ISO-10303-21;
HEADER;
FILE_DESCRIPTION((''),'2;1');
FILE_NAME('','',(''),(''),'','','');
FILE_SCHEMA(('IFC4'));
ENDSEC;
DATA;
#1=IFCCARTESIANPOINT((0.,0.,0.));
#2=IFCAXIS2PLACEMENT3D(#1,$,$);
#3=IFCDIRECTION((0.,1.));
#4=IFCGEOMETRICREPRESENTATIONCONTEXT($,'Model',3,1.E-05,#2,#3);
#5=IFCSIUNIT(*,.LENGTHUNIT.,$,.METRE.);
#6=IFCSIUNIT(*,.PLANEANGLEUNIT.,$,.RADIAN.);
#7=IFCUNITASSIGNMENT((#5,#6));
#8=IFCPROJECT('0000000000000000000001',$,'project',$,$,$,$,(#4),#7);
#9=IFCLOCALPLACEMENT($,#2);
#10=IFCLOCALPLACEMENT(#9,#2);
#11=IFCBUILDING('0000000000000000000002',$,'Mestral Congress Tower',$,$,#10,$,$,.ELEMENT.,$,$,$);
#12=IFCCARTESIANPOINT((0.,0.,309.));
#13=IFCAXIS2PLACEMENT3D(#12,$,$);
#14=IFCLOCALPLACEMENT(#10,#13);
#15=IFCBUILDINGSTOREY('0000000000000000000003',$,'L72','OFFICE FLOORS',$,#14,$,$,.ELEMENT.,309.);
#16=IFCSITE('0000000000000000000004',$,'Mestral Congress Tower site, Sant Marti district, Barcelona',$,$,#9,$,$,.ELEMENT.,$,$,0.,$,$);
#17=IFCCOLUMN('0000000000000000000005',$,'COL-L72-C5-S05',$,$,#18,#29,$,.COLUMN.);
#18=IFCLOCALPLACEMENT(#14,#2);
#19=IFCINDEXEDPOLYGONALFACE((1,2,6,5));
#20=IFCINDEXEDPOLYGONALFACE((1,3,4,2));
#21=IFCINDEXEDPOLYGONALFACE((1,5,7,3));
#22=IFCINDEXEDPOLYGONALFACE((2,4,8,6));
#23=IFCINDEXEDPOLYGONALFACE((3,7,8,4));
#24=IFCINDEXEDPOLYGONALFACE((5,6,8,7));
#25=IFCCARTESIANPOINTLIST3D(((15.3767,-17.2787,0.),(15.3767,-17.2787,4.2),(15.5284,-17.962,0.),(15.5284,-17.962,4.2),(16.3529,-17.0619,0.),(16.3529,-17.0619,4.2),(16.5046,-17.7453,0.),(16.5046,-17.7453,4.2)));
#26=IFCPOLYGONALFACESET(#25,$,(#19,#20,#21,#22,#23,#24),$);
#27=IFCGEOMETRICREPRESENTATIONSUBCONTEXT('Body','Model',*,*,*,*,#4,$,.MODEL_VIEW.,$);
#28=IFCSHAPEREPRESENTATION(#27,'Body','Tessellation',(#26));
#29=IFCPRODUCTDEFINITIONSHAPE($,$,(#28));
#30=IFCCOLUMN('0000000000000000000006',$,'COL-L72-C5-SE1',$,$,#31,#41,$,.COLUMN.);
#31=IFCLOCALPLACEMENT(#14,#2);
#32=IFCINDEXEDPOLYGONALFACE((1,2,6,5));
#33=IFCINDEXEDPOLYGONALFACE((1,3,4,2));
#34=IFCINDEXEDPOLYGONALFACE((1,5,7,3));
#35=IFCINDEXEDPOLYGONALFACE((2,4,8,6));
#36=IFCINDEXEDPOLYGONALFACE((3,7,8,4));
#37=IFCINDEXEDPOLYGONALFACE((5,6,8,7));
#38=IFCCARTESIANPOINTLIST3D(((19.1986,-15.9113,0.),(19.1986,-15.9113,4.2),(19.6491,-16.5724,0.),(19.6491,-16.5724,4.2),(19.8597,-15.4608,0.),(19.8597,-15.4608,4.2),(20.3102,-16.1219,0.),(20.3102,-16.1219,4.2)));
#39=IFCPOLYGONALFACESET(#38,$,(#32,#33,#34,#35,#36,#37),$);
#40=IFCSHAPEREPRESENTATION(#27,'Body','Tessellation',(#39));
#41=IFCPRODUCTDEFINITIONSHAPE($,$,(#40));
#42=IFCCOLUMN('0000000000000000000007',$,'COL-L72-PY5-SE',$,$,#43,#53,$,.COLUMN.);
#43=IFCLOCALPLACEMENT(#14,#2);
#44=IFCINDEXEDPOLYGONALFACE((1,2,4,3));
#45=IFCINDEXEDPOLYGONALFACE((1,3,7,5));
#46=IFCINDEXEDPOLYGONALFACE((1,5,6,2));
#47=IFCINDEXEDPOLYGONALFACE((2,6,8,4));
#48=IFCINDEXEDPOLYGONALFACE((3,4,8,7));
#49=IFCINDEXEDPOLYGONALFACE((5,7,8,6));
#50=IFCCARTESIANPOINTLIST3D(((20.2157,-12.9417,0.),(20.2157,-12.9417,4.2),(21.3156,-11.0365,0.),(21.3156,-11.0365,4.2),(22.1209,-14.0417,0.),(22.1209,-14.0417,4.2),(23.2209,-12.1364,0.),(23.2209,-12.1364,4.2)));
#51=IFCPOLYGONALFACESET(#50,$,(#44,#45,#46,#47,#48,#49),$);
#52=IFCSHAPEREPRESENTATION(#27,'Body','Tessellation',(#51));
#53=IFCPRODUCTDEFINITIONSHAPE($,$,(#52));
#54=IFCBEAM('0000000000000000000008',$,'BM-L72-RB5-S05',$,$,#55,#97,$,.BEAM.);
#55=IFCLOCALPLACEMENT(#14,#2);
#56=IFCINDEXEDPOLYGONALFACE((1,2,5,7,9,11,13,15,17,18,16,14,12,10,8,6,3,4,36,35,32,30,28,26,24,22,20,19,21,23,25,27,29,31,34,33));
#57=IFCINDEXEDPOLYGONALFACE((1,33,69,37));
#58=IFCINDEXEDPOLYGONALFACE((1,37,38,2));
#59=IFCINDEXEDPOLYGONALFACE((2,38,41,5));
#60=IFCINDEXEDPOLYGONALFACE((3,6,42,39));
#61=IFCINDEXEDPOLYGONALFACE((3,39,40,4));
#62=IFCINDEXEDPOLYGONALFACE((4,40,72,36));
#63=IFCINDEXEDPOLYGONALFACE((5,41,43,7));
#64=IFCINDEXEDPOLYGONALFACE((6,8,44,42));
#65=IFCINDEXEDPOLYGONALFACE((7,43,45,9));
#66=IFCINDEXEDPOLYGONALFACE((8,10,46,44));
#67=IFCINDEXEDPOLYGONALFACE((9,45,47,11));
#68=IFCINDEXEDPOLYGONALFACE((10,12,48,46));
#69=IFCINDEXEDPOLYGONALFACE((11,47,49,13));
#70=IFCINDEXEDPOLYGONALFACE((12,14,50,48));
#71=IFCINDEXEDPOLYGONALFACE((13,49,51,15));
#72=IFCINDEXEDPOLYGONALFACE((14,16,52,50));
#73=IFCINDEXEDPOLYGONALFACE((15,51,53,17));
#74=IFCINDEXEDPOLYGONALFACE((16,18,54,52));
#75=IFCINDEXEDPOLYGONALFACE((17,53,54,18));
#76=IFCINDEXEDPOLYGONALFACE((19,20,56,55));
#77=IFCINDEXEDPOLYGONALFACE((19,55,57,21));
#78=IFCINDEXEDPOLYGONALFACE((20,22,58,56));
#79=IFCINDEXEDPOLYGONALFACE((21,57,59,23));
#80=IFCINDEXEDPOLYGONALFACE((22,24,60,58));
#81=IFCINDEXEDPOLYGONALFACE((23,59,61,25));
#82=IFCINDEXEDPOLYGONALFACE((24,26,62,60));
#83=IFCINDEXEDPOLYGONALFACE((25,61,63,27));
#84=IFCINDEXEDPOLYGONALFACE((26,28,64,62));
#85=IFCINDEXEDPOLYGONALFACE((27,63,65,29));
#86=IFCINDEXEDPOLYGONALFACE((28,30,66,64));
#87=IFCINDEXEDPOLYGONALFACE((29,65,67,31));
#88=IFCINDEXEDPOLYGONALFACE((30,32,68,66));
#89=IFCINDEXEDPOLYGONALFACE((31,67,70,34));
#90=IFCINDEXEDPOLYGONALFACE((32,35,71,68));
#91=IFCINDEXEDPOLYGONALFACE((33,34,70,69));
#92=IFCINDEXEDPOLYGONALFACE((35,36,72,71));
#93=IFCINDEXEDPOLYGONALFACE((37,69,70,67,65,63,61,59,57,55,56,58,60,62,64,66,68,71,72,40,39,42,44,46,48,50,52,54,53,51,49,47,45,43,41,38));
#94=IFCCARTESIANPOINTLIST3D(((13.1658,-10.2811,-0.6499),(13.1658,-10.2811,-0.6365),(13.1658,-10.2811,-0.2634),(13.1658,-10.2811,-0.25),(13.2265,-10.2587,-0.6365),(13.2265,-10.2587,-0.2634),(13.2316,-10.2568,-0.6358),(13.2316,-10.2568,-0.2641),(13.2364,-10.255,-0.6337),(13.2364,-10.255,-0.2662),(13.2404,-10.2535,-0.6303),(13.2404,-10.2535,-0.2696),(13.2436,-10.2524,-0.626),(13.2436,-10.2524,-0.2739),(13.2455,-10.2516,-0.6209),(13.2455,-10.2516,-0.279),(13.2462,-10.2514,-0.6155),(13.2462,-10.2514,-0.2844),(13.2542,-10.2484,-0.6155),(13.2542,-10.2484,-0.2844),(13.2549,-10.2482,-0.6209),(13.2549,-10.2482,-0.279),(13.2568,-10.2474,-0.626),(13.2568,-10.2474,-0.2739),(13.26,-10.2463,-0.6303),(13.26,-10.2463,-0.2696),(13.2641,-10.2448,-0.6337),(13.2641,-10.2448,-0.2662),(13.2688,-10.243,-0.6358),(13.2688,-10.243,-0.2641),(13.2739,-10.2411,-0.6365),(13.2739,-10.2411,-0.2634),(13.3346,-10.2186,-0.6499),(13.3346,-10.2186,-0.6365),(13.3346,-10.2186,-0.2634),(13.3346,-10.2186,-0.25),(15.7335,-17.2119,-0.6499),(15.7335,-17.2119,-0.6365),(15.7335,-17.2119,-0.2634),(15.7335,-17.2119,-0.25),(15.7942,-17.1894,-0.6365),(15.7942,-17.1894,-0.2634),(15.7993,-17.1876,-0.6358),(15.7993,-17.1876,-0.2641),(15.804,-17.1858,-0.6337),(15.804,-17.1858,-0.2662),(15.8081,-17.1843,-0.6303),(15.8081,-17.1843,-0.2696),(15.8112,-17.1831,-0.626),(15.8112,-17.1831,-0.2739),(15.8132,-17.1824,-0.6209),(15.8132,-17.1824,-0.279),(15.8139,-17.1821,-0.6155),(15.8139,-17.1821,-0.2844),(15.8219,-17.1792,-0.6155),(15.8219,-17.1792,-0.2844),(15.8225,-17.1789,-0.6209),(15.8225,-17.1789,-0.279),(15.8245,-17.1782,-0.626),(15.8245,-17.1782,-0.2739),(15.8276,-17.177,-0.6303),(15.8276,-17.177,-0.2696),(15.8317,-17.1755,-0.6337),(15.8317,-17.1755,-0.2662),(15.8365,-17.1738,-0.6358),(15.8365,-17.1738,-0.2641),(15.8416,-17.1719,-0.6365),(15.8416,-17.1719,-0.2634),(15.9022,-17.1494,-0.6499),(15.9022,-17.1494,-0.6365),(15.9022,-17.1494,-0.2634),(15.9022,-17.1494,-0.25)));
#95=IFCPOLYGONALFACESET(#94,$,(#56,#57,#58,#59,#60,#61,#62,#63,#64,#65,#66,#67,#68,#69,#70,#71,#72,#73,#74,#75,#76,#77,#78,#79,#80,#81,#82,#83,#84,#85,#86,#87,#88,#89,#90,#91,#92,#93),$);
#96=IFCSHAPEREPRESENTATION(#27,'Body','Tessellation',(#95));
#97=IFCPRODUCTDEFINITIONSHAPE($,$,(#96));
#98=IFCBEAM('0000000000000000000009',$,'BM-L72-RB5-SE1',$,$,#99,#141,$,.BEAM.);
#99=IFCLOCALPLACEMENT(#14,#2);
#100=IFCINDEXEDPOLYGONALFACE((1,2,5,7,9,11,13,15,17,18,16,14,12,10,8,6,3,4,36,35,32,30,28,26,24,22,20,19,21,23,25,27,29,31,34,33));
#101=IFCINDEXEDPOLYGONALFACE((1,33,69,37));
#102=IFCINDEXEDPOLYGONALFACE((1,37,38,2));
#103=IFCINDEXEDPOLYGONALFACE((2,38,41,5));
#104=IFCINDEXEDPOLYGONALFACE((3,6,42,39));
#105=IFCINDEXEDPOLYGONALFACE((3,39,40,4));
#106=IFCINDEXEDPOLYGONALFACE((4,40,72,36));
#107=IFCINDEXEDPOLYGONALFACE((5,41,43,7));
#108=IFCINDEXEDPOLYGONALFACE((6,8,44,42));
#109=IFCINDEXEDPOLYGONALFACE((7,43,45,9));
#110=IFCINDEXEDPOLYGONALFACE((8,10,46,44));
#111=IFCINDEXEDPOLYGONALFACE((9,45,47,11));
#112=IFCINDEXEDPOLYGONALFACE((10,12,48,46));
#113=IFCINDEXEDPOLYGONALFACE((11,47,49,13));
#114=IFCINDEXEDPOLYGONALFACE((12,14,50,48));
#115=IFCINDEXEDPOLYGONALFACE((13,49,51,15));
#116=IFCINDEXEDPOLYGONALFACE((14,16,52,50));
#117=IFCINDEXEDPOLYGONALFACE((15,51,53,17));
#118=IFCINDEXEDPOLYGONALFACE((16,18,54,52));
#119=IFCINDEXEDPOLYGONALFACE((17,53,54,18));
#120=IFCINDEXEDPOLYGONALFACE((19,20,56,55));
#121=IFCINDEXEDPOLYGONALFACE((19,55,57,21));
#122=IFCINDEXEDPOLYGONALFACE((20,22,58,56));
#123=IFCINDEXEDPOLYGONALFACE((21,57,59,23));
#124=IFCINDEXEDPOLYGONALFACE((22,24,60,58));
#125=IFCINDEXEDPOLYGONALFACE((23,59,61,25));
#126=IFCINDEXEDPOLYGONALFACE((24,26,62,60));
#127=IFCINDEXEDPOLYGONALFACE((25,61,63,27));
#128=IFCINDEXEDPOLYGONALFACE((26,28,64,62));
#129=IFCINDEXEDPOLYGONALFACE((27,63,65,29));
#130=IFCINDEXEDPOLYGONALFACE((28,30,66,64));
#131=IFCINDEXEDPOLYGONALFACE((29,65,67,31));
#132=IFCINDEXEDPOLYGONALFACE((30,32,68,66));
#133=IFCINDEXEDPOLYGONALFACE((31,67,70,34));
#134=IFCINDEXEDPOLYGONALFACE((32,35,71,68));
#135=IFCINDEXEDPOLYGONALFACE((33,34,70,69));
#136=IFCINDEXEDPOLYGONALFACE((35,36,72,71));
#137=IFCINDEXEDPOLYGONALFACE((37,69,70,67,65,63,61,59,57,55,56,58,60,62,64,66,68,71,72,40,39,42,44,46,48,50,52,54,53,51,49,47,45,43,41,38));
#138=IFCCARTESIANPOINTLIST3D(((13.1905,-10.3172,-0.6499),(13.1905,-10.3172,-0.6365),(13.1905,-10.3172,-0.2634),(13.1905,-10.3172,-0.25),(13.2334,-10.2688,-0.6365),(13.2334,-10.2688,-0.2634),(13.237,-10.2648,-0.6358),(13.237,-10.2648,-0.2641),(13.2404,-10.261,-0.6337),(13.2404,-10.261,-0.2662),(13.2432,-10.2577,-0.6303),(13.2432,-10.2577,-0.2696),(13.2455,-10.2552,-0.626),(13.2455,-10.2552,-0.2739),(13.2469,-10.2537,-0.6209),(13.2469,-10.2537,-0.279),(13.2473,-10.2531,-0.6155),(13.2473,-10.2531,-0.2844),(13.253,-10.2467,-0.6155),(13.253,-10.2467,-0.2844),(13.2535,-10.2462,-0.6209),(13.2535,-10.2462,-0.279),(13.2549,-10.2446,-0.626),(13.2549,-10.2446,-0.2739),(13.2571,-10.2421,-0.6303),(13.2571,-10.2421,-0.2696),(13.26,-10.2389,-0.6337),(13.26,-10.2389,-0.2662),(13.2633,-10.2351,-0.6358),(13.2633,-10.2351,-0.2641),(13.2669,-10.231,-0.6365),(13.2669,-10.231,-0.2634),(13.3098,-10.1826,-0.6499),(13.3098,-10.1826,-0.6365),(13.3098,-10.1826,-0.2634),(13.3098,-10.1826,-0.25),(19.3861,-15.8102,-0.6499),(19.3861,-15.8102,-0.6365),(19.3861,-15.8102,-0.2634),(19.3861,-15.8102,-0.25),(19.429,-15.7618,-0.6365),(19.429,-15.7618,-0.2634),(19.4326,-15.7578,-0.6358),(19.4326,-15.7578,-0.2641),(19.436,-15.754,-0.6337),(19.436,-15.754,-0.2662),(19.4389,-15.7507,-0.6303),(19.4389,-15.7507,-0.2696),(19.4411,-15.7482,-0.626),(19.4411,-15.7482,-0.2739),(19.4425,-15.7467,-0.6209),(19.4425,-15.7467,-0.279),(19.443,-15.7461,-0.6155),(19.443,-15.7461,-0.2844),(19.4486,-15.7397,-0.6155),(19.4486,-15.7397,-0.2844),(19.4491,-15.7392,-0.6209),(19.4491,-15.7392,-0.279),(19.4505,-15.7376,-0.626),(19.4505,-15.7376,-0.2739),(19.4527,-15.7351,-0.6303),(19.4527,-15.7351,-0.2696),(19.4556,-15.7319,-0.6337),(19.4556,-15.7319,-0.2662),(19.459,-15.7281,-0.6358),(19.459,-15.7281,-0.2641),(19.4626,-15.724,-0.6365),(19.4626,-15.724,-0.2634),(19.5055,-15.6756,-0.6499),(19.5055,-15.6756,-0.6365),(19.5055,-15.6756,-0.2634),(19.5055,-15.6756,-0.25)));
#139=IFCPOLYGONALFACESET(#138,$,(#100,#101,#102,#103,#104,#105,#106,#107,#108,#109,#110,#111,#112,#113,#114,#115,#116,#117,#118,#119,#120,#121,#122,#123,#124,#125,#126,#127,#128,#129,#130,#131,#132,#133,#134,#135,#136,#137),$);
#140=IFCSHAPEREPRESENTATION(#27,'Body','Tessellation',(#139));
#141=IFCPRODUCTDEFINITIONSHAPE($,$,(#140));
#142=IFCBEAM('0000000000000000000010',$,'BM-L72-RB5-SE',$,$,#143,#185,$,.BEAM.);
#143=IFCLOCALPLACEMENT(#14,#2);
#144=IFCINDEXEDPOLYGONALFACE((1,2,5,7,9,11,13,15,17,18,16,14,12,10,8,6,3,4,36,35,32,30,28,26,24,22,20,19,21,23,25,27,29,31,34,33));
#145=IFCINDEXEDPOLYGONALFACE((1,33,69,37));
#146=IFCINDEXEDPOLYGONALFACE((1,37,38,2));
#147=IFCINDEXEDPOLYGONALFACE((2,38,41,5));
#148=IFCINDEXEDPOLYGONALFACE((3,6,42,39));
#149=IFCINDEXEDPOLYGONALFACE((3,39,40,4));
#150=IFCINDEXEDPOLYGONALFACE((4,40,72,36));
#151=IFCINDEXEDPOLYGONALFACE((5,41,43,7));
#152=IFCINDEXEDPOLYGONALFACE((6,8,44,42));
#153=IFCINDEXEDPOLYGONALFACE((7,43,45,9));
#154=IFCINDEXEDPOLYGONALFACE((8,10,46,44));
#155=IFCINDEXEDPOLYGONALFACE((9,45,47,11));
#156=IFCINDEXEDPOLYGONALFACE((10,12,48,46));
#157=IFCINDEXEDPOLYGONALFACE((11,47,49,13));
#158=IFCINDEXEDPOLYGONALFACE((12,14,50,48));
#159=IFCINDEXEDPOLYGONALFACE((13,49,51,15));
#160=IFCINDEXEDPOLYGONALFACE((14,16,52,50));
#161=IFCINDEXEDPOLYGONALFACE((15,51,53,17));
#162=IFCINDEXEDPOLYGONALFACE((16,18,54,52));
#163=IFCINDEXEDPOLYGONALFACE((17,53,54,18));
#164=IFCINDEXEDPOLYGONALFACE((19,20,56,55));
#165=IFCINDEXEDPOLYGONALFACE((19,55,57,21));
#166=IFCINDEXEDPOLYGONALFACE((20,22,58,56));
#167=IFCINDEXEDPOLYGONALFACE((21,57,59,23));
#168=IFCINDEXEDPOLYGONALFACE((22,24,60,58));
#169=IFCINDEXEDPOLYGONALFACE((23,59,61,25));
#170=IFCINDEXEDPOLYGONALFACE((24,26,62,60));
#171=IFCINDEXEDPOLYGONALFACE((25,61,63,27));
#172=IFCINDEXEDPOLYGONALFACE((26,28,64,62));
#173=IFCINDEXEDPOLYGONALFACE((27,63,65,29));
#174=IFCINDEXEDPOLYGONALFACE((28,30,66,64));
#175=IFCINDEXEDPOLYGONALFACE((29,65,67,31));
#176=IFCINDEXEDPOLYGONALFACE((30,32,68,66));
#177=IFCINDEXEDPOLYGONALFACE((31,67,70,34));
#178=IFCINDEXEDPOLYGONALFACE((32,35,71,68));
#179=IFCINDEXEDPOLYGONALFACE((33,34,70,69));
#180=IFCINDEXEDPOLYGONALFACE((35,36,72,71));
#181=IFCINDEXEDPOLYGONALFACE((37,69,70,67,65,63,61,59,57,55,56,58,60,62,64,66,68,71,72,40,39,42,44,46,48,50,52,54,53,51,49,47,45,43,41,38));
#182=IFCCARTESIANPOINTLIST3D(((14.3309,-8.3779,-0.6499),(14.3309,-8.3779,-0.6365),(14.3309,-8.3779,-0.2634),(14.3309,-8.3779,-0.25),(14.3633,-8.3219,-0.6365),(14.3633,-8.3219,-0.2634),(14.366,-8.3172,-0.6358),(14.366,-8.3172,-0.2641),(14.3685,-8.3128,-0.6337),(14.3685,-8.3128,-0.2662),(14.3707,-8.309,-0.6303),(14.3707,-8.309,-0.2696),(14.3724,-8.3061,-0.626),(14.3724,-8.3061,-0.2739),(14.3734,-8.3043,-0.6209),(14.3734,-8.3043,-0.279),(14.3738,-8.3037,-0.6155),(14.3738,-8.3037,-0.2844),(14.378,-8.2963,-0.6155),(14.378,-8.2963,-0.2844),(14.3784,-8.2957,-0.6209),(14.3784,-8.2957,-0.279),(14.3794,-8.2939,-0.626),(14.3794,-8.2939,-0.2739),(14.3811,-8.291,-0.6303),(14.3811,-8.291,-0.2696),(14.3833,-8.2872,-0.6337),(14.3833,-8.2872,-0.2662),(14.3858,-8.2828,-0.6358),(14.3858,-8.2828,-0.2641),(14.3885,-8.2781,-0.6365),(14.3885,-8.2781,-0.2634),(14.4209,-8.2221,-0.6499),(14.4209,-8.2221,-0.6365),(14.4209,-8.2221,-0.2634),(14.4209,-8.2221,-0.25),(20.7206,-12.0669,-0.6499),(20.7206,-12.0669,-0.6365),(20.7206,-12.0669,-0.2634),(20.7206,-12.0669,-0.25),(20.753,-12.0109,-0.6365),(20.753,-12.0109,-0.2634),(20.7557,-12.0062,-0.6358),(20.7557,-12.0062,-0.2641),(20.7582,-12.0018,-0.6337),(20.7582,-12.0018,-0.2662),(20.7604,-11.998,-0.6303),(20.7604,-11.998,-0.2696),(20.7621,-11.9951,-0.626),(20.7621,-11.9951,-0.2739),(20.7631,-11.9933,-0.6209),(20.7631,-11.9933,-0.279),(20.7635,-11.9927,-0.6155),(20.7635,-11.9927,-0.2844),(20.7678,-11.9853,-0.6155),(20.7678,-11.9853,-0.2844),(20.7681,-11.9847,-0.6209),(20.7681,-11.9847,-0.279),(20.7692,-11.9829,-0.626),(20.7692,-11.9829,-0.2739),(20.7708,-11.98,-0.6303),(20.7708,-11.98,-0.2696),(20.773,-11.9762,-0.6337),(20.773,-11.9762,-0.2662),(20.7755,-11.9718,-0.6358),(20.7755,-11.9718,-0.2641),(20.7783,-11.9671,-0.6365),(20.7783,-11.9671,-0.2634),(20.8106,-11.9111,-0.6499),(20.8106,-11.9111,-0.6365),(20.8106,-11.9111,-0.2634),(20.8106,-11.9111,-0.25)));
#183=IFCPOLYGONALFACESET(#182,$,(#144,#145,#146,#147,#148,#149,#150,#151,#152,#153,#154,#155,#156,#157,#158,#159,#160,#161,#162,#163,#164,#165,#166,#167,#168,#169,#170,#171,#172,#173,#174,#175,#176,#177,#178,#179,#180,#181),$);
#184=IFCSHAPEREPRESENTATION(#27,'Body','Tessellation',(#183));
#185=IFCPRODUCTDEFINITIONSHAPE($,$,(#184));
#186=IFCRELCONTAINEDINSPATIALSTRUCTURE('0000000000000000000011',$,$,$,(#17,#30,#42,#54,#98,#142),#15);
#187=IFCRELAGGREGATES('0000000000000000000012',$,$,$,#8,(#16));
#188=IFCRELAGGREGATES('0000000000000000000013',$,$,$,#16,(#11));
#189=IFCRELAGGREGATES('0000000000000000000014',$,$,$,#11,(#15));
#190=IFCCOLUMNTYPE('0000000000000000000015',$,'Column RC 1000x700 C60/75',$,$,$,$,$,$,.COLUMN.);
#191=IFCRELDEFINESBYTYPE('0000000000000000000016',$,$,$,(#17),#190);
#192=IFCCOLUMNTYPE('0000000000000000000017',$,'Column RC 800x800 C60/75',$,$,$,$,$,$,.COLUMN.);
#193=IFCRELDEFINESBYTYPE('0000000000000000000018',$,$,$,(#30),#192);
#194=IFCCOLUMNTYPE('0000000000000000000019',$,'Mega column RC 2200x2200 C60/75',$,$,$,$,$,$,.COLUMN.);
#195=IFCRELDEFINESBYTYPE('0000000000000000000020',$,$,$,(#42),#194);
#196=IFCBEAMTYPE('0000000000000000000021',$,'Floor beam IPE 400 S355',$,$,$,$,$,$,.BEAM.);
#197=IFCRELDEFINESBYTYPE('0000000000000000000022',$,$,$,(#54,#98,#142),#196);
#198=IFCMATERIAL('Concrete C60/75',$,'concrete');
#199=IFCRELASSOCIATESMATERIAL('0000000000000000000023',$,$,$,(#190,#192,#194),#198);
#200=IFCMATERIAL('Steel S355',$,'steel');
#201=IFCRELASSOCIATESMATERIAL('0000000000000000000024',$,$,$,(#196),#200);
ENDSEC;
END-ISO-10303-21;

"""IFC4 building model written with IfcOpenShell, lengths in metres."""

from ifc_helpers import new_model, si_unit, direction, frame, origin, origin_2d, place, context, subcontext, project, spatial, rectangle, i_section, extrude, material, material_profile, profile_set, type_object, element, save


model = new_model("IFC4")

# Units and contexts
model_context = context("Model", 3, precision=1e-05, world=origin(), true_north=direction((0.0, 1.0)))
body_context = subcontext(model_context, "Body", "Model", "MODEL_VIEW")
ifc_project = project(units=[si_unit("LENGTHUNIT", "METRE"), si_unit("PLANEANGLEUNIT", "RADIAN")], contexts=[model_context])

# Site, building, storey
site_placement = place(None, origin())
site = spatial("IfcSite", under=ifc_project, at=site_placement, Name="Mestral Congress Tower site, Sant Marti district, Barcelona", CompositionType="ELEMENT", RefElevation=0.0)
building_placement = place(site_placement, origin())
building = spatial("IfcBuilding", under=site, at=building_placement, Name="Mestral Congress Tower", CompositionType="ELEMENT")
storey_placement = place(building_placement, frame((0.0, 0.0, 309.0)))
storey = spatial("IfcBuildingStorey", under=building, at=storey_placement, Name="L72", Description="OFFICE FLOORS", CompositionType="ELEMENT", Elevation=309.0)

# Columns
ifc_material_1 = material(Name="Concrete C60/75", Category="concrete")
ifc_material_profile_1 = material_profile(ifc_material_1, rectangle(XDim=1.0, YDim=0.7, at=origin_2d()), Name="RC 1000x700")
ifc_profile_set_1 = profile_set([ifc_material_profile_1], Name="Concrete C60/75")
column_type_1 = type_object("IfcColumnType", Name="Column RC 1000x700 C60/75", PredefinedType="COLUMN", material=ifc_profile_set_1)
column_1_placement = place(storey_placement, frame((15.9407, -17.512, 0.0), z_axis=(0.0, 0.0, 1.0), x_axis=(0.976234, 0.216721, 0.0)))
element("IfcColumn", 1, at=column_1_placement, inside=storey, type_object=column_type_1, Name="COL-L72-C5-S05", PredefinedType="COLUMN", context=body_context, shape_type="SweptSolid", body=[
    extrude(rectangle(XDim=1.0, YDim=0.7, at=origin_2d()), origin(), (0.0, 0.0, 1.0), 4.2),
])
ifc_material_profile_2 = material_profile(ifc_material_1, rectangle(XDim=0.8, YDim=0.8, at=origin_2d()), Name="RC 800x800")
ifc_profile_set_2 = profile_set([ifc_material_profile_2], Name="Concrete C60/75")
column_type_2 = type_object("IfcColumnType", Name="Column RC 800x800 C60/75", PredefinedType="COLUMN", material=ifc_profile_set_2)
column_2_placement = place(storey_placement, frame((19.7544, -16.0166, 0.0), z_axis=(0.0, 0.0, 1.0), x_axis=(0.826363, 0.563138, 0.0)))
element("IfcColumn", 2, at=column_2_placement, inside=storey, type_object=column_type_2, Name="COL-L72-C5-SE1", PredefinedType="COLUMN", context=body_context, shape_type="SweptSolid", body=[
    extrude(rectangle(XDim=0.8, YDim=0.8, at=origin_2d()), origin(), (0.0, 0.0, 1.0), 4.2),
])
ifc_material_profile_3 = material_profile(ifc_material_1, rectangle(XDim=2.2, YDim=2.2, at=origin_2d()), Name="RC 2200x2200")
ifc_profile_set_3 = profile_set([ifc_material_profile_3], Name="Concrete C60/75")
column_type_3 = type_object("IfcColumnType", Name="Mega column RC 2200x2200 C60/75", PredefinedType="COLUMN", material=ifc_profile_set_3)
column_3_placement = place(storey_placement, frame((21.7183, -12.5391, 0.0), z_axis=(0.0, 0.0, 1.0), x_axis=(0.866025, -0.5, 0.0)))
element("IfcColumn", 3, at=column_3_placement, inside=storey, type_object=column_type_3, Name="COL-L72-PY5-SE", PredefinedType="COLUMN", context=body_context, shape_type="SweptSolid", body=[
    extrude(rectangle(XDim=2.2, YDim=2.2, at=origin_2d()), origin(), (0.0, 0.0, 1.0), 4.2),
])

# Beams
ifc_material_2 = material(Name="Steel S355", Category="steel")
ifc_material_profile_4 = material_profile(ifc_material_2, i_section(OverallWidth=0.1799, OverallDepth=0.3999, WebThickness=0.0085, FlangeThickness=0.0134, FilletRadius=0.021, at=origin_2d()), Name="IPE 400")
ifc_profile_set_4 = profile_set([ifc_material_profile_4], Name="Steel S355")
beam_type_1 = type_object("IfcBeamType", Name="Floor beam IPE 400 S355", PredefinedType="BEAM", material=ifc_profile_set_4)
beam_1_placement = place(storey_placement, frame((15.8179, -17.1807, -0.45), z_axis=(-0.347399, 0.937717, 0.0), x_axis=(-0.937717, -0.347399, 0.0)))
element("IfcBeam", 4, at=beam_1_placement, inside=storey, type_object=beam_type_1, Name="BM-L72-RB5-S05", PredefinedType="BEAM", context=body_context, shape_type="SweptSolid", body=[
    extrude(i_section(OverallWidth=0.1799, OverallDepth=0.3999, WebThickness=0.0085, FlangeThickness=0.0134, FilletRadius=0.021, at=origin_2d()), origin(), (0.0, 0.0, 1.0), 7.3911),
])
beam_2_placement = place(storey_placement, frame((19.4458, -15.7429, -0.45), z_axis=(-0.748263, 0.663402, 0.0), x_axis=(-0.663402, -0.748263, 0.0)))
element("IfcBeam", 5, at=beam_2_placement, inside=storey, type_object=beam_type_1, Name="BM-L72-RB5-SE1", PredefinedType="BEAM", context=body_context, shape_type="SweptSolid", body=[
    extrude(i_section(OverallWidth=0.1799, OverallDepth=0.3999, WebThickness=0.0085, FlangeThickness=0.0134, FilletRadius=0.021, at=origin_2d()), origin(), (0.0, 0.0, 1.0), 8.28),
])
beam_3_placement = place(storey_placement, frame((20.7656, -11.989, -0.45), z_axis=(-0.866031, 0.49999, 0.0), x_axis=(-0.49999, -0.866031, 0.0)))
element("IfcBeam", 6, at=beam_3_placement, inside=storey, type_object=beam_type_1, Name="BM-L72-RB5-SE", PredefinedType="BEAM", context=body_context, shape_type="SweptSolid", body=[
    extrude(i_section(OverallWidth=0.1799, OverallDepth=0.3999, WebThickness=0.0085, FlangeThickness=0.0134, FilletRadius=0.021, at=origin_2d()), origin(), (0.0, 0.0, 1.0), 7.3782),
])

save(model, "model.ifc")
